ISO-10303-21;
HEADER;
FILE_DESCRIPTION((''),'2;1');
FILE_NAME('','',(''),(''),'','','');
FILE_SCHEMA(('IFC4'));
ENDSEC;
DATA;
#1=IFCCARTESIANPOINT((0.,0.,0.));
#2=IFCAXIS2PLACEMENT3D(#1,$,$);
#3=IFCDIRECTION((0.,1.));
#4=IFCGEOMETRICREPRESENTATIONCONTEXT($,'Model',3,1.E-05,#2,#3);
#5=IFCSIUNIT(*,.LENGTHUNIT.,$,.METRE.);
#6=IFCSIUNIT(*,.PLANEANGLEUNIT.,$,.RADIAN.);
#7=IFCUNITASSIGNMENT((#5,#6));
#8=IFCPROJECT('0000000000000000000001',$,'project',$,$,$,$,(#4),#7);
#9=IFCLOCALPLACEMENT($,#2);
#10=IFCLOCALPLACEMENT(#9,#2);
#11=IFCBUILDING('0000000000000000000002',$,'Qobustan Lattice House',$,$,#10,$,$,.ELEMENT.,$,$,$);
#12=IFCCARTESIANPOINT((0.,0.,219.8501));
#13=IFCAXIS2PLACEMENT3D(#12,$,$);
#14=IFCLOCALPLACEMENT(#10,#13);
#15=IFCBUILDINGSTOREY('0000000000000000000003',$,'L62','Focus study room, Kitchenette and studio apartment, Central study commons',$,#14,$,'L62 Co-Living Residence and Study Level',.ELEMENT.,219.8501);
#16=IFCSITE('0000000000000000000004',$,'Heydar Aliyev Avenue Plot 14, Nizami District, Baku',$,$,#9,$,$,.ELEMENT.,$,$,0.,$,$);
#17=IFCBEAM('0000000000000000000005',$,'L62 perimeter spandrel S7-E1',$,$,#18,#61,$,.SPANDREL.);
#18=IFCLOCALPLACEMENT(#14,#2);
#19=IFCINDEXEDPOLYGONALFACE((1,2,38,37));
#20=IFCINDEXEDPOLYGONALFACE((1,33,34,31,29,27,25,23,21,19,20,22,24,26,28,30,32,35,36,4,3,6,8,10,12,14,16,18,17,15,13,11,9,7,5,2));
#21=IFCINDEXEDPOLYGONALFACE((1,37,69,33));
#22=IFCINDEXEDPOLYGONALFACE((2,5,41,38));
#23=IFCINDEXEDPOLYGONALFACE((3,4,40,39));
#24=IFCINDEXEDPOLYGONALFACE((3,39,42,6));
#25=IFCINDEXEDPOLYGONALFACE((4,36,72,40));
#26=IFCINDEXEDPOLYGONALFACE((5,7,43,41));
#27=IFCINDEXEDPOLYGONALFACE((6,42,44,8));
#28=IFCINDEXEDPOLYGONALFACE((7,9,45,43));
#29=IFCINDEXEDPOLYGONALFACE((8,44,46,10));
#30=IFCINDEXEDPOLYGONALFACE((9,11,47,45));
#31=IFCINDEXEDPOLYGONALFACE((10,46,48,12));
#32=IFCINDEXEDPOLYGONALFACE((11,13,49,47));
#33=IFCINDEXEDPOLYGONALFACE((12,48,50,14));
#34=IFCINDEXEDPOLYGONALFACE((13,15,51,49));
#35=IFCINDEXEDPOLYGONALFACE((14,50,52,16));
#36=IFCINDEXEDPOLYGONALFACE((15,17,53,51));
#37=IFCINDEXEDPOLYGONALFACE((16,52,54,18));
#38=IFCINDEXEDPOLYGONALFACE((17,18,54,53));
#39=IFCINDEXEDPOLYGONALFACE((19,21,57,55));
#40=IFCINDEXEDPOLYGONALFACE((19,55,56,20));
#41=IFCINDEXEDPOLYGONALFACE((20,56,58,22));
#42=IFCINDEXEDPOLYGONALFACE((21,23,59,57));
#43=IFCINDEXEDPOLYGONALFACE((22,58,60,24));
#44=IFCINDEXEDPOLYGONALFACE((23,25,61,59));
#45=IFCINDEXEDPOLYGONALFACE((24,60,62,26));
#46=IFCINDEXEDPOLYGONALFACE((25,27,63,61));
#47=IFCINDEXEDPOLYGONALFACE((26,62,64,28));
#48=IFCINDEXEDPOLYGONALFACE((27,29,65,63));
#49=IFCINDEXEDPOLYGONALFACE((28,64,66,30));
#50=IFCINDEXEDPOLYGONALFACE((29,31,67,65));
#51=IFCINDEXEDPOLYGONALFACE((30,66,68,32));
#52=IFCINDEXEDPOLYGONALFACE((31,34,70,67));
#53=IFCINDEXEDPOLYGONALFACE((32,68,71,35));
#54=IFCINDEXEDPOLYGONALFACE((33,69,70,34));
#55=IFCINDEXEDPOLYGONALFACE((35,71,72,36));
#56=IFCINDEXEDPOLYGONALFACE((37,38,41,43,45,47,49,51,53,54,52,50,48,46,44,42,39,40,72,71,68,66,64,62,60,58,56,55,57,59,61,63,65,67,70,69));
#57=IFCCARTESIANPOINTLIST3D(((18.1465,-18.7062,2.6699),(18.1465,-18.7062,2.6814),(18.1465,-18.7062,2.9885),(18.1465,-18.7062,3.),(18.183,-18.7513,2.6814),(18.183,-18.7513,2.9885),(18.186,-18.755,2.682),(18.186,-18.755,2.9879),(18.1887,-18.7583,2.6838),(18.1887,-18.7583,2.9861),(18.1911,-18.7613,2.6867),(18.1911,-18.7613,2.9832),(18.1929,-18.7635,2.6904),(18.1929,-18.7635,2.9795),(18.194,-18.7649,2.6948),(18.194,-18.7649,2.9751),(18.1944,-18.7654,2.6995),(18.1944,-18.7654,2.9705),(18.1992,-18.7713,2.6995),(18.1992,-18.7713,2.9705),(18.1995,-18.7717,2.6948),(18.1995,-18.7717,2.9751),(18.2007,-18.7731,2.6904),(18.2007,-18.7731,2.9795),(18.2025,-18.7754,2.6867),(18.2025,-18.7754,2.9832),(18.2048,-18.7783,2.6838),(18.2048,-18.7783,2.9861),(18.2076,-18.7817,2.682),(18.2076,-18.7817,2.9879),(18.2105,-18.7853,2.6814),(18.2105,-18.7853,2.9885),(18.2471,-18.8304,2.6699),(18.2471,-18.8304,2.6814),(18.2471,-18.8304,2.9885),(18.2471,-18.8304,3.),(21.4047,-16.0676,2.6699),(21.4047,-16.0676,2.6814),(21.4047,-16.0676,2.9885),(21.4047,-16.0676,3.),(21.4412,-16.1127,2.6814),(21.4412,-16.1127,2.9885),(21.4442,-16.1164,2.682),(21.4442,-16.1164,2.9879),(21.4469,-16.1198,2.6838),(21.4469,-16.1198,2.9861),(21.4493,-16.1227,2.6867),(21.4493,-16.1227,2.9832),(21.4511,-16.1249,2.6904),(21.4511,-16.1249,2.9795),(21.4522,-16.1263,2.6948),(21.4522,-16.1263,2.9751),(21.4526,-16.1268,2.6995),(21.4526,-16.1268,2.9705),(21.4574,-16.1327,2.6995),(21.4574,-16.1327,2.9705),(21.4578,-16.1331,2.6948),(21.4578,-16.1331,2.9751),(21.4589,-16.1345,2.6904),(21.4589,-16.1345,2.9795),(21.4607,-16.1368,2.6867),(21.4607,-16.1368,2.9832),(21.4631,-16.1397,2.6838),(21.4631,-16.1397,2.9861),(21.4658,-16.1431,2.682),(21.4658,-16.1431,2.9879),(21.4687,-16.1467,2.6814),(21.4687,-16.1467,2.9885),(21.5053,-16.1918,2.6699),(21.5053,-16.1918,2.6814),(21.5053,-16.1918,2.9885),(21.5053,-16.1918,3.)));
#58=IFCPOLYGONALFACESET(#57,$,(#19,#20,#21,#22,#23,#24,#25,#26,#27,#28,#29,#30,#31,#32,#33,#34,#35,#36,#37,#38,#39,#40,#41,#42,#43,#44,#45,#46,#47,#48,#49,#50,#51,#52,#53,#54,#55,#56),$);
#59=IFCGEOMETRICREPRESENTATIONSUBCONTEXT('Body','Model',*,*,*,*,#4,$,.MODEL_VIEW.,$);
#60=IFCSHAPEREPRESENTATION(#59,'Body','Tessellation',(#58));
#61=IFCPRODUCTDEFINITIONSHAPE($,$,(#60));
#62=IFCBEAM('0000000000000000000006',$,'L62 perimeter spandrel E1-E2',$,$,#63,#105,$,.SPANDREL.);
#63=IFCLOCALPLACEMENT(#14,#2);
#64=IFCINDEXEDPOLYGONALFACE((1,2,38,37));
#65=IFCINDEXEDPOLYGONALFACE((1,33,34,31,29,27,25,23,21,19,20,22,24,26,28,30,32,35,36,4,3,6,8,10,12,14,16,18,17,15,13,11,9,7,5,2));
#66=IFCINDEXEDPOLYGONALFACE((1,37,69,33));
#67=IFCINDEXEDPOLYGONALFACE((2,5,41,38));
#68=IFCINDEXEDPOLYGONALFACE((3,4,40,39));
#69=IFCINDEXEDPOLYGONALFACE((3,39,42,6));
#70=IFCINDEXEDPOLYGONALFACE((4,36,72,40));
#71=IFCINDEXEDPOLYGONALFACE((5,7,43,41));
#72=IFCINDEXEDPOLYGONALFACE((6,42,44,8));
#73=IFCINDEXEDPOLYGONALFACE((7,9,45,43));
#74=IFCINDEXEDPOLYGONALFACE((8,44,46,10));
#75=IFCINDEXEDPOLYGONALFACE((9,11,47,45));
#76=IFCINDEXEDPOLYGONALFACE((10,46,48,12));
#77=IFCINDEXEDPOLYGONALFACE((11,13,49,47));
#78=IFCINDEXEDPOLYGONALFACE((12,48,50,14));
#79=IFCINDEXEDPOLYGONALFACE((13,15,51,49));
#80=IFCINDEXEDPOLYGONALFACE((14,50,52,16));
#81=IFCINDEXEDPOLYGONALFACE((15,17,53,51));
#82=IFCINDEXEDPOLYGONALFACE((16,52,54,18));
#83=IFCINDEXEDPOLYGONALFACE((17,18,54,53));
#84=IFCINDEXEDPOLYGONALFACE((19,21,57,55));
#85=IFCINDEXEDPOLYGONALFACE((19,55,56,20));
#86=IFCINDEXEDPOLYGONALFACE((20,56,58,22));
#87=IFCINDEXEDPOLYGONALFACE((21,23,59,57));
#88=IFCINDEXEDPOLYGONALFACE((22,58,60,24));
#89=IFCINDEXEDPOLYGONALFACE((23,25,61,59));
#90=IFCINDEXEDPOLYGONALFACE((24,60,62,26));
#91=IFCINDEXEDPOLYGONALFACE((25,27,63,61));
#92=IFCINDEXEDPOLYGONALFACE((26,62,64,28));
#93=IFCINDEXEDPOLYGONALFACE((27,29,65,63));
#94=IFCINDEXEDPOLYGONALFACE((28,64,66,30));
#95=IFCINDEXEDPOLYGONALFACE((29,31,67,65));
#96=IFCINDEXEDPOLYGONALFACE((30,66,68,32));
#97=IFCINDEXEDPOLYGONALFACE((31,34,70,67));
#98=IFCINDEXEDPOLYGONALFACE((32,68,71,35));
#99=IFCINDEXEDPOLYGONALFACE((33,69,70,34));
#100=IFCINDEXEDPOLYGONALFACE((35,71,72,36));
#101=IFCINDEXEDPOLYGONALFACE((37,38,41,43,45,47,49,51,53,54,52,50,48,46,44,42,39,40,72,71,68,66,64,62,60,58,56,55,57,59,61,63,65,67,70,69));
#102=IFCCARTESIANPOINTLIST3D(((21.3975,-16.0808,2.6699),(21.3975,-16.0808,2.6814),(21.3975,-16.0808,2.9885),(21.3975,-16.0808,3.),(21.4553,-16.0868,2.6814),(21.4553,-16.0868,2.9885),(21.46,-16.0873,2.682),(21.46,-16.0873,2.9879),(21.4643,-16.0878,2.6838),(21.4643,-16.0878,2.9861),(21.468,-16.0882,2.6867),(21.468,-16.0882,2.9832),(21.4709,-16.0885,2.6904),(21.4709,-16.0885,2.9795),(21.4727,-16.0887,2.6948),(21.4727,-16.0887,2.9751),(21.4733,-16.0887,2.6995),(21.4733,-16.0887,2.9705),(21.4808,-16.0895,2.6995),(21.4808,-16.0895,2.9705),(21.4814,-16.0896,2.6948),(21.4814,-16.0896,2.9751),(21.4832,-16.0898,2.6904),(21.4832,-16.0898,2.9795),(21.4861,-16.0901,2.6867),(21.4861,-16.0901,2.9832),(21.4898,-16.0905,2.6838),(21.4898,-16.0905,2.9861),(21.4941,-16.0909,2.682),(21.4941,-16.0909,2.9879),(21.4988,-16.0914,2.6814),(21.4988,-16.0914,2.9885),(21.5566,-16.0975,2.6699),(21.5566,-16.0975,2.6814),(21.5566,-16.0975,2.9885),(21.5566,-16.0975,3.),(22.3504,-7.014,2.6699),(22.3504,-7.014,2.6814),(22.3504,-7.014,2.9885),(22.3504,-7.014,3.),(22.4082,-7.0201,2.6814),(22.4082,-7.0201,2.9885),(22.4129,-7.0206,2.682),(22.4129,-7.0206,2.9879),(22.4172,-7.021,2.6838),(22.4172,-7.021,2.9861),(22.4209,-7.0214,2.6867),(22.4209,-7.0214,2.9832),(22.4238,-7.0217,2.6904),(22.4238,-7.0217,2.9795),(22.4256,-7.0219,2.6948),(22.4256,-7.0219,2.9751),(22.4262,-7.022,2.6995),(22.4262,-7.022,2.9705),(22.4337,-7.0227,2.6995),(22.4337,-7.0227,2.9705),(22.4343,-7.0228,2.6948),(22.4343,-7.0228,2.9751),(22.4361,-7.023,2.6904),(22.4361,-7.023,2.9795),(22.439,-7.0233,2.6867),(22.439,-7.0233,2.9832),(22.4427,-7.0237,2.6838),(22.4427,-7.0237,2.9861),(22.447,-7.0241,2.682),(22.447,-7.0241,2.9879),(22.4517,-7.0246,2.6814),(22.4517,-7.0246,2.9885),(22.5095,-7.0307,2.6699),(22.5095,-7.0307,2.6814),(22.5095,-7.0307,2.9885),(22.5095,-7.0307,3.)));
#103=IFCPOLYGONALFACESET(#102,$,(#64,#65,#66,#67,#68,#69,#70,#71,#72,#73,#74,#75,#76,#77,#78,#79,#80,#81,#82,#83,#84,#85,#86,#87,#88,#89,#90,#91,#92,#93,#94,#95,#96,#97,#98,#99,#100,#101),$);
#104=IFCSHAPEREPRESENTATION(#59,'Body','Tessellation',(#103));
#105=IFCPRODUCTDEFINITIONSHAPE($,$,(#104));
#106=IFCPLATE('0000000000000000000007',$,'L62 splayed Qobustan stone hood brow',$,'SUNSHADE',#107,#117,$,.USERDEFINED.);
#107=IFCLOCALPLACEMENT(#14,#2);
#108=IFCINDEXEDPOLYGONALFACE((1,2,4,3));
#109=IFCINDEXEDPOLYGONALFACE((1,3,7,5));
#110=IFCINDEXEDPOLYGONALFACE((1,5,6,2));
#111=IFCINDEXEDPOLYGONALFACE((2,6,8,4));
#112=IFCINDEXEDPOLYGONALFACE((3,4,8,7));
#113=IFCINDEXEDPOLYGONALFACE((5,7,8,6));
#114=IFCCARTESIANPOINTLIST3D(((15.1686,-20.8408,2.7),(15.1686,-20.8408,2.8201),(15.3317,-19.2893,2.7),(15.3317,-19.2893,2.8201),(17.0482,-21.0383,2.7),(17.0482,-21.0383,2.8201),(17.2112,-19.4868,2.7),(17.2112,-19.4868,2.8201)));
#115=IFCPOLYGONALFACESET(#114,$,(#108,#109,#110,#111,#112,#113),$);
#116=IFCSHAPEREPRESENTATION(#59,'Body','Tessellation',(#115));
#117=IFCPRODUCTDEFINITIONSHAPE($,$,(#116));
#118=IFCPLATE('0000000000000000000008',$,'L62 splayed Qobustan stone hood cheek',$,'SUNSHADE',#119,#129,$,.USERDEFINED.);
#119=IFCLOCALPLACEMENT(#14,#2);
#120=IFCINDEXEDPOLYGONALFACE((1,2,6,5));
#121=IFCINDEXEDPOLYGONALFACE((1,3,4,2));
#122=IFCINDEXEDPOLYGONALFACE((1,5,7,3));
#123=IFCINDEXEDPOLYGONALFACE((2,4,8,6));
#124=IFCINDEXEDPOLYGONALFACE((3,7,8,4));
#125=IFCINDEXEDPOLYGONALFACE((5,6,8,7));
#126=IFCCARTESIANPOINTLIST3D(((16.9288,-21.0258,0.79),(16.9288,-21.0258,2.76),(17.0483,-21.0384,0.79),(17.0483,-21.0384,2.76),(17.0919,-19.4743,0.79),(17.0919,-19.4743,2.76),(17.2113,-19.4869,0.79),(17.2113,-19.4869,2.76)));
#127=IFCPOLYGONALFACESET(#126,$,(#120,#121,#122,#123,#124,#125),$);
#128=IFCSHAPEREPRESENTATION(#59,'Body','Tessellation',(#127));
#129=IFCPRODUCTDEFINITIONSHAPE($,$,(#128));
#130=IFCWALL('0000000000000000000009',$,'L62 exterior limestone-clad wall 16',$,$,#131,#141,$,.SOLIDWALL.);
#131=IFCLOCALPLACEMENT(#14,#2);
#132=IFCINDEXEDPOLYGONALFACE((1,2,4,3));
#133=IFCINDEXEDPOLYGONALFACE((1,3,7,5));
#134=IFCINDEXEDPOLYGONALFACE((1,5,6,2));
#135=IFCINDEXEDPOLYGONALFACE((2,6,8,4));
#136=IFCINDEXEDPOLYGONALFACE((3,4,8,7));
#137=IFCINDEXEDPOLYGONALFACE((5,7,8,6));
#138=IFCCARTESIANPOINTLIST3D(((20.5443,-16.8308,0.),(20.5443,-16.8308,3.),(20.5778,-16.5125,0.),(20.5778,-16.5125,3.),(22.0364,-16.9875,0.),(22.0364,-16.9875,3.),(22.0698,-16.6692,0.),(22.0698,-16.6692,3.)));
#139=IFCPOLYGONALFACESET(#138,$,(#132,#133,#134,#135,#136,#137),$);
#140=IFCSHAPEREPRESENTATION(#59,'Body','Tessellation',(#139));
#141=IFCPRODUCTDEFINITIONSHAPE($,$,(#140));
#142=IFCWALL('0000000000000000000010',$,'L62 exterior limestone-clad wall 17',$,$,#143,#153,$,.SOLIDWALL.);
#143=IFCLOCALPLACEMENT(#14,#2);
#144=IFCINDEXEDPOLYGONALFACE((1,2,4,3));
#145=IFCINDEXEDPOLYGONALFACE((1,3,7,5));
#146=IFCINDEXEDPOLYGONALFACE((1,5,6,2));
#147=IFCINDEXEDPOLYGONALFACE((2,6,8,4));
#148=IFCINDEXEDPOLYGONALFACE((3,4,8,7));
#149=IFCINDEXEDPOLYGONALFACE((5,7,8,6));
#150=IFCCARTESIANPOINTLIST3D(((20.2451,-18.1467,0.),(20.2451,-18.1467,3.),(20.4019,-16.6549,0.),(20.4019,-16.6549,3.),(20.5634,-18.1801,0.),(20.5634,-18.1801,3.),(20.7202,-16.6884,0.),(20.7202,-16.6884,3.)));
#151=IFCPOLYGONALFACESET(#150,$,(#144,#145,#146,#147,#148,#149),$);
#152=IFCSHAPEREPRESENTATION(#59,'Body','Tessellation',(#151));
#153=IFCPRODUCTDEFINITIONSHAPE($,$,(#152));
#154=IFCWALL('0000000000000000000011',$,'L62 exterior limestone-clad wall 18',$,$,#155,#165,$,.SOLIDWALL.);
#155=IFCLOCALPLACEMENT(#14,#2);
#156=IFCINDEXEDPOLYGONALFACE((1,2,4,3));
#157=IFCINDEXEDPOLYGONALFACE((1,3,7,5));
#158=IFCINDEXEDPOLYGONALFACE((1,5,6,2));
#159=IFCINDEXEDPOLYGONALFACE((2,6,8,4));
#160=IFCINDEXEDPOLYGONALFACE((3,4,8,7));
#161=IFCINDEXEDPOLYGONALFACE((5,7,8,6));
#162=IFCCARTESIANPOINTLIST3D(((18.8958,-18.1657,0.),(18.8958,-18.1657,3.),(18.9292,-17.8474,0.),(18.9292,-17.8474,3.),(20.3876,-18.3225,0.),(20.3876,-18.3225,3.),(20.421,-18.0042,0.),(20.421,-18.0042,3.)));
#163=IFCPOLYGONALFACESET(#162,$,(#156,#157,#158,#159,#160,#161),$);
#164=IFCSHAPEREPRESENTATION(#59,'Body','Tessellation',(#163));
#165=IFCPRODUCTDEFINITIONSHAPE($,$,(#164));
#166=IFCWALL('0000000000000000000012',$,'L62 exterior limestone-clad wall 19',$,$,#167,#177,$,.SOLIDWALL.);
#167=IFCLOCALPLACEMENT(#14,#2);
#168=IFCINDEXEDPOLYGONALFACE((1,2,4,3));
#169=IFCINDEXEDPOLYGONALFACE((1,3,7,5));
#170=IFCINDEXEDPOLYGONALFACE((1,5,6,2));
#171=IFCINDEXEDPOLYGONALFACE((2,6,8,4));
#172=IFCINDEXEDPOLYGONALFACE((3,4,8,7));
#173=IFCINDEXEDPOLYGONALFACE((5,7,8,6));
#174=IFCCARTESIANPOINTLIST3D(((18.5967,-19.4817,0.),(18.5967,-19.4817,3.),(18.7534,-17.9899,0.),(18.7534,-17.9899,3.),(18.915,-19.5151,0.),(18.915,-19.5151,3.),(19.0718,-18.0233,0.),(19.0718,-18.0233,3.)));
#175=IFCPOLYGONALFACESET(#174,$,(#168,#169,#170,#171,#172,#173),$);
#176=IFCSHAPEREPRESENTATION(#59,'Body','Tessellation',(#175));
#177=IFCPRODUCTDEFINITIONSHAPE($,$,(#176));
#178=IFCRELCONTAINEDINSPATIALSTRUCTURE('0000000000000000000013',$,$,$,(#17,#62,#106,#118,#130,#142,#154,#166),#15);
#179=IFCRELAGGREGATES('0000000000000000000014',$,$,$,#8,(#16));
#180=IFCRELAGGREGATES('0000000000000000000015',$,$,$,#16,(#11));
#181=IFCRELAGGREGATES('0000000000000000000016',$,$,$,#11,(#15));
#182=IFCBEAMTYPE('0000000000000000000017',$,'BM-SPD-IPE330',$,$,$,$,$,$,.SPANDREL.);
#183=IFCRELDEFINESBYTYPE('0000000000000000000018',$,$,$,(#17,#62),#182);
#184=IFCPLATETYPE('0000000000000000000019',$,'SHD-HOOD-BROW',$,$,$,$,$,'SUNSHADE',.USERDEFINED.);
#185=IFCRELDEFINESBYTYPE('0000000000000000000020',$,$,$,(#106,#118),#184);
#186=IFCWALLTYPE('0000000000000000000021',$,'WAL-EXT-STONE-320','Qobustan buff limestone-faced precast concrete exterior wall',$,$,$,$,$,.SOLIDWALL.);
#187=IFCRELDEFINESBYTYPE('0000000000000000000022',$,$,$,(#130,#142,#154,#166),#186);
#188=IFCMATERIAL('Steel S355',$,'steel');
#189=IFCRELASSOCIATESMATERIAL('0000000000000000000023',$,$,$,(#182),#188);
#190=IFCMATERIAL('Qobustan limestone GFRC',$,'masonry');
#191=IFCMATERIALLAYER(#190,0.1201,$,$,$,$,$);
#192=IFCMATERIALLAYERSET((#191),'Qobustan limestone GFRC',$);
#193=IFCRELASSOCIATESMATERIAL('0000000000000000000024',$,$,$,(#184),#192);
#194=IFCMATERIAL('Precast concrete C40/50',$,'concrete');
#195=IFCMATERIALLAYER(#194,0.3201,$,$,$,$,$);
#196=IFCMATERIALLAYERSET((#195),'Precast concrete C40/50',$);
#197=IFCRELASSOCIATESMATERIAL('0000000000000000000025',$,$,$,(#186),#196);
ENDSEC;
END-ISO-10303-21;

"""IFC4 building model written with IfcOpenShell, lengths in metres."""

from ifc_helpers import new_model, si_unit, direction, frame, frame_2d, origin, origin_2d, place, context, subcontext, project, spatial, rectangle, i_section, extrude, material, layer, layer_set, material_profile, profile_set, type_object, element, save


model = new_model("IFC4")

# Units and contexts
model_context = context("Model", 3, precision=1e-05, world=origin(), true_north=direction((0.0, 1.0)))
body_context = subcontext(model_context, "Body", "Model", "MODEL_VIEW")
ifc_project = project(units=[si_unit("LENGTHUNIT", "METRE"), si_unit("PLANEANGLEUNIT", "RADIAN")], contexts=[model_context])

# Site, building, storey
site_placement = place(None, origin())
site = spatial("IfcSite", under=ifc_project, at=site_placement, Name="Heydar Aliyev Avenue Plot 14, Nizami District, Baku", CompositionType="ELEMENT", RefElevation=0.0)
building_placement = place(site_placement, origin())
building = spatial("IfcBuilding", under=site, at=building_placement, Name="Qobustan Lattice House", CompositionType="ELEMENT")
storey_placement = place(building_placement, frame((0.0, 0.0, 219.8501)))
storey = spatial("IfcBuildingStorey", under=building, at=storey_placement, Name="L62", Description="Focus study room, Kitchenette and studio apartment, Central study commons", LongName="L62 Co-Living Residence and Study Level", CompositionType="ELEMENT", Elevation=219.8501)

# Beams
ifc_material_1 = material(Name="Steel S355", Category="steel")
ifc_material_profile_1 = material_profile(ifc_material_1, i_section(OverallWidth=0.1599, OverallDepth=0.3301, WebThickness=0.0076, FlangeThickness=0.0115, FilletRadius=0.0181, at=origin_2d()), Name="IPE330")
ifc_profile_set_1 = profile_set([ifc_material_profile_1], Name="Steel S355")
beam_type_1 = type_object("IfcBeamType", Name="BM-SPD-IPE330", PredefinedType="SPANDREL", material=ifc_profile_set_1)
beam_1_placement = place(storey_placement, frame((18.1968, -18.7683, 2.835), z_axis=(0.777128, 0.629342, 0.0), x_axis=(-0.629342, 0.777128, 0.0)))
element("IfcBeam", 1, at=beam_1_placement, inside=storey, type_object=beam_type_1, Name="L62 perimeter spandrel S7-E1", PredefinedType="SPANDREL", context=body_context, shape_type="SweptSolid", body=[
    extrude(i_section(OverallWidth=0.1599, OverallDepth=0.3301, WebThickness=0.0076, FlangeThickness=0.0115, FilletRadius=0.0181, at=origin_2d()), origin(), (0.0, 0.0, 1.0), 4.1926),
])
beam_2_placement = place(storey_placement, frame((21.4771, -16.0891, 2.835), z_axis=(0.104522, 0.994523, 0.0), x_axis=(-0.994523, 0.104522, 0.0)))
element("IfcBeam", 2, at=beam_2_placement, inside=storey, type_object=beam_type_1, Name="L62 perimeter spandrel E1-E2", PredefinedType="SPANDREL", context=body_context, shape_type="SweptSolid", body=[
    extrude(i_section(OverallWidth=0.1599, OverallDepth=0.3301, WebThickness=0.0076, FlangeThickness=0.0115, FilletRadius=0.0181, at=origin_2d()), origin(), (0.0, 0.0, 1.0), 9.1167),
])

# Plates
ifc_material_2 = material(Name="Qobustan limestone GFRC", Category="masonry")
ifc_layer_1 = layer(ifc_material_2, 0.1201)
ifc_layer_set_1 = layer_set([ifc_layer_1], Name="Qobustan limestone GFRC")
plate_type = type_object("IfcPlateType", Name="SHD-HOOD-BROW", ElementType="SUNSHADE", PredefinedType="USERDEFINED", material=ifc_layer_set_1)
plate_1_placement = place(storey_placement, frame((16.1899, -20.1638, 2.7), z_axis=(0.0, 0.0, 1.0), x_axis=(-0.994522, 0.104528, 0.0)))
element("IfcPlate", 3, at=plate_1_placement, inside=storey, type_object=plate_type, Name="L62 splayed Qobustan stone hood brow", ObjectType="SUNSHADE", PredefinedType="USERDEFINED", context=body_context, shape_type="SweptSolid", body=[
    extrude(rectangle(XDim=1.8899, YDim=1.5601, at=origin_2d()), origin(), (0.0, 0.0, 1.0), 0.1201),
])
plate_2_placement = place(storey_placement, frame((17.0701, -20.2563, 0.79), z_axis=(0.0, 0.0, 1.0), x_axis=(-0.994522, 0.104528, 0.0)))
element("IfcPlate", 4, at=plate_2_placement, inside=storey, type_object=plate_type, Name="L62 splayed Qobustan stone hood cheek", ObjectType="SUNSHADE", PredefinedType="USERDEFINED", context=body_context, shape_type="SweptSolid", body=[
    extrude(rectangle(XDim=0.1201, YDim=1.5601, at=origin_2d()), origin(), (0.0, 0.0, 1.0), 1.97),
])

# Walls
ifc_material_3 = material(Name="Precast concrete C40/50", Category="concrete")
ifc_layer_2 = layer(ifc_material_3, 0.3201)
ifc_layer_set_2 = layer_set([ifc_layer_2], Name="Precast concrete C40/50")
wall_type_1 = type_object("IfcWallType", Name="WAL-EXT-STONE-320", Description="Qobustan buff limestone-faced precast concrete exterior wall", PredefinedType="SOLIDWALL", material=ifc_layer_set_2)
wall_1_placement = place(storey_placement, frame((22.053, -16.8284, 0.0), z_axis=(0.0, 0.0, 1.0), x_axis=(-0.994527, 0.104481, 0.0)))
element("IfcWall", 5, at=wall_1_placement, inside=storey, type_object=wall_type_1, Name="L62 exterior limestone-clad wall 16", PredefinedType="SOLIDWALL", context=body_context, shape_type="SweptSolid", body=[
    extrude(rectangle(XDim=1.5002, YDim=0.3201, at=frame_2d((0.75, 0.0))), origin(), (0.0, 0.0, 1.0), 3.0),
])
for number, where, z_axis, x_axis, name in (
    (6, (20.561, -16.6716, 0.0), (0.0, 0.0, 1.0), (-0.104498, -0.994525, 0.0), "L62 exterior limestone-clad wall 17"),
    (7, (20.4043, -18.1633, 0.0), (0.0, 0.0, 1.0), (-0.994525, 0.104498, 0.0), "L62 exterior limestone-clad wall 18"),
    (8, (18.9126, -18.0066, 0.0), (0.0, 0.0, 1.0), (-0.104498, -0.994525, 0.0), "L62 exterior limestone-clad wall 19"),
):
    element("IfcWall", number, at=place(storey_placement, frame(where, z_axis=z_axis, x_axis=x_axis)), inside=storey, type_object=wall_type_1, Name=name, PredefinedType="SOLIDWALL", context=body_context, shape_type="SweptSolid", body=[
        extrude(rectangle(XDim=1.5, YDim=0.3201, at=frame_2d((0.75, 0.0))), origin(), (0.0, 0.0, 1.0), 3.0),
    ])

save(model, "model.ifc")
